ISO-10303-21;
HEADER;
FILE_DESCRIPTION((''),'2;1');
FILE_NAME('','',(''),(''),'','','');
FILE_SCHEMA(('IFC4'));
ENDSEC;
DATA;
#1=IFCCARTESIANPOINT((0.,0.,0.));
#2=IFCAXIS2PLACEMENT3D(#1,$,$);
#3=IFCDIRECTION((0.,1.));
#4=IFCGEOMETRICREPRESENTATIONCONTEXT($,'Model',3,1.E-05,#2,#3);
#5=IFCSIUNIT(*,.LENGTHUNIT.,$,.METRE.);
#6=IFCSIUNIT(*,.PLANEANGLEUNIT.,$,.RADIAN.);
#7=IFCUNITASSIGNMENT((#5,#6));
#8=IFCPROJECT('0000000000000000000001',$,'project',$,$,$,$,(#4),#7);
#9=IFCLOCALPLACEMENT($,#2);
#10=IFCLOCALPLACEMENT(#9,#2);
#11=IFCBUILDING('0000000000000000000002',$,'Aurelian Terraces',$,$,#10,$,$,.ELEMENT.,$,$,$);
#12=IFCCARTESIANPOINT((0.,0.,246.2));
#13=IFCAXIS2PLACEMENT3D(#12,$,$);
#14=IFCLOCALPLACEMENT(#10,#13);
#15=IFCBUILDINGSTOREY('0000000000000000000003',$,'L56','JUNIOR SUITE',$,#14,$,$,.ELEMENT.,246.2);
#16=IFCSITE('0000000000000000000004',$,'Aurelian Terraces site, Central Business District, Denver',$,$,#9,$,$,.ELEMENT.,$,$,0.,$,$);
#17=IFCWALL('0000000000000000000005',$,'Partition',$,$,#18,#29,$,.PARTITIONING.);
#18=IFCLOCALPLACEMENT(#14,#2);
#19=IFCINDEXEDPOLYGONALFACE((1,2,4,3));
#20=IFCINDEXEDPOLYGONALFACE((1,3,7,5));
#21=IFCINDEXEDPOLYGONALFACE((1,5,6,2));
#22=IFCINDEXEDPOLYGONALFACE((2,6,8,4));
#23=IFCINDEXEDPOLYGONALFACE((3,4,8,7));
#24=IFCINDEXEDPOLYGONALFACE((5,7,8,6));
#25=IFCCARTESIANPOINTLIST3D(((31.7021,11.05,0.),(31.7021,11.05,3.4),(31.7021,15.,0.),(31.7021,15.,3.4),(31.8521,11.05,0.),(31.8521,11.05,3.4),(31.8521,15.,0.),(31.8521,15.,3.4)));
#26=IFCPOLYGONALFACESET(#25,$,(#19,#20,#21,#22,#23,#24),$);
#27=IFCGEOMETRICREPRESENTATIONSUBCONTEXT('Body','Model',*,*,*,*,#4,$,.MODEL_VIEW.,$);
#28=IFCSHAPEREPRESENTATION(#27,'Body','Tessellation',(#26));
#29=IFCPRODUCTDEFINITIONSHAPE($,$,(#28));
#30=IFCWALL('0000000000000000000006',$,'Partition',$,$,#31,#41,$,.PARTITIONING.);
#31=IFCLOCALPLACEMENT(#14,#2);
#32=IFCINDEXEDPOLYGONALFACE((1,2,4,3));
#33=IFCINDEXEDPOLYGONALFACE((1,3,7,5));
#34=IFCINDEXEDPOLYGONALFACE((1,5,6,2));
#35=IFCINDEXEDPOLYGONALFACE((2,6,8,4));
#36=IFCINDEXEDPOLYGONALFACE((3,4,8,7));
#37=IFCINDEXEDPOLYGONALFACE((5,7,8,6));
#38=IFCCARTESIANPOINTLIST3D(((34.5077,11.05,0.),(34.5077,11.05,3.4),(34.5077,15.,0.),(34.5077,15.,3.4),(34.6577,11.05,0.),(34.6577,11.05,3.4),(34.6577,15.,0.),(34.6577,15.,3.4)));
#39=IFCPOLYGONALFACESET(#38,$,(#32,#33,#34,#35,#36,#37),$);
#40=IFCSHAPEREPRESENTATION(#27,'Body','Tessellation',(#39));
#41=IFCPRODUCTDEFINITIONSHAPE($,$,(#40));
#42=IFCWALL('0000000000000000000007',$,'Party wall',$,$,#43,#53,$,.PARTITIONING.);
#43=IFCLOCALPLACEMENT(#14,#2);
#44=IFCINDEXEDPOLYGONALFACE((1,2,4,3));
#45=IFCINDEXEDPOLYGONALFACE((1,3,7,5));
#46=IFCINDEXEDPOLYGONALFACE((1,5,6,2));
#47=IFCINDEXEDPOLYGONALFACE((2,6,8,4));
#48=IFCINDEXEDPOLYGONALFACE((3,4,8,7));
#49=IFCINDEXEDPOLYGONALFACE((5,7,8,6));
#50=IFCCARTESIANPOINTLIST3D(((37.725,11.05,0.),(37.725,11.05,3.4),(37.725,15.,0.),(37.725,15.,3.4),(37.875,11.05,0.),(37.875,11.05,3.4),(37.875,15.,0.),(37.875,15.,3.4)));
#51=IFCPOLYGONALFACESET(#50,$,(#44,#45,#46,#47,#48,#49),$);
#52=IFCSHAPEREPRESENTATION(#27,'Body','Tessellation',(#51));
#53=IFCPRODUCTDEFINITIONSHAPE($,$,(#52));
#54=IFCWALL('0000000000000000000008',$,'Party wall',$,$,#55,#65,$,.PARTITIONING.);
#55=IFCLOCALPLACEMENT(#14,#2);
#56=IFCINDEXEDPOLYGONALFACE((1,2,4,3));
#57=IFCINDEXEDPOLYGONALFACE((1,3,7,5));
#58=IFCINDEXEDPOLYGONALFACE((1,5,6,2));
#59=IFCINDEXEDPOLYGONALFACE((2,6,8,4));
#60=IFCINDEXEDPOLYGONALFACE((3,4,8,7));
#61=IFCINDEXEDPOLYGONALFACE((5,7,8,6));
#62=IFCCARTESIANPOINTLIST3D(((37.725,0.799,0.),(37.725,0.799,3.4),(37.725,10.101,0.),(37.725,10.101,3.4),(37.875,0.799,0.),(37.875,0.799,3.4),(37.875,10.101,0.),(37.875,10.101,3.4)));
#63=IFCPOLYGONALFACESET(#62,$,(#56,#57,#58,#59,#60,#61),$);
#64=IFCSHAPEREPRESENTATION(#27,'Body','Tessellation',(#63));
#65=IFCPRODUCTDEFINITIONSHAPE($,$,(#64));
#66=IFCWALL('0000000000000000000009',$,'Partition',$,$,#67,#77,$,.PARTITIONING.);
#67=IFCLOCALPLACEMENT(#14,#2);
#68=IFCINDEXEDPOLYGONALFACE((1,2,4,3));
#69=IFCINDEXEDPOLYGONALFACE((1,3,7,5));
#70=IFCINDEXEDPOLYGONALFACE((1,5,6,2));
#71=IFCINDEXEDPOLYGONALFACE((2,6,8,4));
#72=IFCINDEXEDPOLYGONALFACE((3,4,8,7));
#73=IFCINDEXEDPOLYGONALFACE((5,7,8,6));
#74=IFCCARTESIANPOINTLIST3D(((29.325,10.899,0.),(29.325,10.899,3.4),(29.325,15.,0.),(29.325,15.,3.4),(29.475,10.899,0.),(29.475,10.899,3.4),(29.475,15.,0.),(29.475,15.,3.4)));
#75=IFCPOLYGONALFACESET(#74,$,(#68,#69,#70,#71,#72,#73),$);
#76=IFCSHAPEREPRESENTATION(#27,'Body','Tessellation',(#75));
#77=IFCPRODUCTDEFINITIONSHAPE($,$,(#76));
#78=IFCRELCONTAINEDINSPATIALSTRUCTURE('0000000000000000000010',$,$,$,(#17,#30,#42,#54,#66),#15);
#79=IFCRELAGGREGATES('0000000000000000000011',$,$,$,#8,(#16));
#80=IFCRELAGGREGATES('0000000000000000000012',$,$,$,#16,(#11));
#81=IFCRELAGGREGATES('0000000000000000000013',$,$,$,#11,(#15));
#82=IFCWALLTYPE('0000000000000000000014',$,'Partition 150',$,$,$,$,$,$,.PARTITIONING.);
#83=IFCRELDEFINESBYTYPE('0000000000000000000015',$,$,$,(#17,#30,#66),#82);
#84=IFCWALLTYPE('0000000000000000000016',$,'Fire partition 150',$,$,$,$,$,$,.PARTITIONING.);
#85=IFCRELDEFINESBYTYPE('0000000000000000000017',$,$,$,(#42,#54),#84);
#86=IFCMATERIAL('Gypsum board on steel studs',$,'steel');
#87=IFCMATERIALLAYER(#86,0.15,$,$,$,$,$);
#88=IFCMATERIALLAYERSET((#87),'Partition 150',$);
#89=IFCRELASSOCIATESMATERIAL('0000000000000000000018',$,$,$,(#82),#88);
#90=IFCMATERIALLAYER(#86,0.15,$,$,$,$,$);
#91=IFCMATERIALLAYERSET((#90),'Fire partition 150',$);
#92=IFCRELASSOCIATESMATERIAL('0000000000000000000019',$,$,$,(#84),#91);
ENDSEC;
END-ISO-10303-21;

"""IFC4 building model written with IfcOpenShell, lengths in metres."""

from ifc_helpers import new_model, si_unit, direction, frame, frame_2d, origin, place, context, subcontext, project, spatial, rectangle, extrude, source, transform, mapped, material, layer, layer_set, type_object, element, save


model = new_model("IFC4")

# Units and contexts
model_context = context("Model", 3, precision=1e-05, world=origin(), true_north=direction((0.0, 1.0)))
body_context = subcontext(model_context, "Body", "Model", "MODEL_VIEW")
ifc_project = project(units=[si_unit("LENGTHUNIT", "METRE"), si_unit("PLANEANGLEUNIT", "RADIAN")], contexts=[model_context])

# Site, building, storey
site_placement = place(None, origin())
site = spatial("IfcSite", under=ifc_project, at=site_placement, Name="Aurelian Terraces site, Central Business District, Denver", CompositionType="ELEMENT", RefElevation=0.0)
building_placement = place(site_placement, origin())
building = spatial("IfcBuilding", under=site, at=building_placement, Name="Aurelian Terraces", CompositionType="ELEMENT")
storey_placement = place(building_placement, frame((0.0, 0.0, 246.2)))
storey = spatial("IfcBuildingStorey", under=building, at=storey_placement, Name="L56", Description="JUNIOR SUITE", CompositionType="ELEMENT", Elevation=246.2)

# Shared definitions
ifc_material_1 = material(Name="Gypsum board on steel studs", Category="steel")

# Shared definitions
ifc_layer_1 = layer(ifc_material_1, 0.15)
ifc_layer_set_1 = layer_set([ifc_layer_1], Name="Partition 150")
wall_type_1 = type_object("IfcWallType", Name="Partition 150", PredefinedType="PARTITIONING", material=ifc_layer_set_1)

# Walls
shared_shape_1 = source(origin(), body_context, "Body", "SweptSolid", [
    extrude(rectangle(XDim=3.95, YDim=0.15, at=frame_2d((1.975, 0.0))), origin(), (0.0, 0.0, 1.0), 3.4),
])
for number, where, z_axis, x_axis, name in (
    (1, (31.7771, 11.05, 0.0), (0.0, 0.0, 1.0), (0.0, 1.0, 0.0), "Partition"),
    (2, (34.5827, 11.05, 0.0), (0.0, 0.0, 1.0), (0.0, 1.0, 0.0), "Partition"),
):
    element("IfcWall", number, at=place(storey_placement, frame(where, z_axis=z_axis, x_axis=x_axis)), inside=storey, type_object=wall_type_1, Name=name, PredefinedType="PARTITIONING", context=body_context, shape_type="MappedRepresentation", body=[
        mapped(shared_shape_1, transform((0.0, 0.0, 0.0), scale=1.0)),
    ])
ifc_layer_2 = layer(ifc_material_1, 0.15)
ifc_layer_set_2 = layer_set([ifc_layer_2], Name="Fire partition 150")
wall_type_2 = type_object("IfcWallType", Name="Fire partition 150", PredefinedType="PARTITIONING", material=ifc_layer_set_2)
wall_1_placement = place(storey_placement, frame((37.8, 11.05, 0.0), z_axis=(0.0, 0.0, 1.0), x_axis=(0.0, 1.0, 0.0)))
element("IfcWall", 3, at=wall_1_placement, inside=storey, type_object=wall_type_2, Name="Party wall", PredefinedType="PARTITIONING", context=body_context, shape_type="MappedRepresentation", body=[
    mapped(shared_shape_1, transform((0.0, 0.0, 0.0), scale=1.0)),
])
shared_shape_2 = source(origin(), body_context, "Body", "SweptSolid", [
    extrude(rectangle(XDim=9.302, YDim=0.15, at=frame_2d((4.651, 0.0))), origin(), (0.0, 0.0, 1.0), 3.4),
])
wall_2_placement = place(storey_placement, frame((37.8, 0.799, 0.0), z_axis=(0.0, 0.0, 1.0), x_axis=(0.0, 1.0, 0.0)))
element("IfcWall", 4, at=wall_2_placement, inside=storey, type_object=wall_type_2, Name="Party wall", PredefinedType="PARTITIONING", context=body_context, shape_type="MappedRepresentation", body=[
    mapped(shared_shape_2, transform((0.0, 0.0, 0.0), scale=1.0)),
])
shared_shape_3 = source(origin(), body_context, "Body", "SweptSolid", [
    extrude(rectangle(XDim=4.101, YDim=0.15, at=frame_2d((2.0505, 0.0))), origin(), (0.0, 0.0, 1.0), 3.4),
])
wall_3_placement = place(storey_placement, frame((29.4, 10.899, 0.0), z_axis=(0.0, 0.0, 1.0), x_axis=(0.0, 1.0, 0.0)))
element("IfcWall", 5, at=wall_3_placement, inside=storey, type_object=wall_type_1, Name="Partition", PredefinedType="PARTITIONING", context=body_context, shape_type="MappedRepresentation", body=[
    mapped(shared_shape_3, transform((0.0, 0.0, 0.0), scale=1.0)),
])

save(model, "model.ifc")
